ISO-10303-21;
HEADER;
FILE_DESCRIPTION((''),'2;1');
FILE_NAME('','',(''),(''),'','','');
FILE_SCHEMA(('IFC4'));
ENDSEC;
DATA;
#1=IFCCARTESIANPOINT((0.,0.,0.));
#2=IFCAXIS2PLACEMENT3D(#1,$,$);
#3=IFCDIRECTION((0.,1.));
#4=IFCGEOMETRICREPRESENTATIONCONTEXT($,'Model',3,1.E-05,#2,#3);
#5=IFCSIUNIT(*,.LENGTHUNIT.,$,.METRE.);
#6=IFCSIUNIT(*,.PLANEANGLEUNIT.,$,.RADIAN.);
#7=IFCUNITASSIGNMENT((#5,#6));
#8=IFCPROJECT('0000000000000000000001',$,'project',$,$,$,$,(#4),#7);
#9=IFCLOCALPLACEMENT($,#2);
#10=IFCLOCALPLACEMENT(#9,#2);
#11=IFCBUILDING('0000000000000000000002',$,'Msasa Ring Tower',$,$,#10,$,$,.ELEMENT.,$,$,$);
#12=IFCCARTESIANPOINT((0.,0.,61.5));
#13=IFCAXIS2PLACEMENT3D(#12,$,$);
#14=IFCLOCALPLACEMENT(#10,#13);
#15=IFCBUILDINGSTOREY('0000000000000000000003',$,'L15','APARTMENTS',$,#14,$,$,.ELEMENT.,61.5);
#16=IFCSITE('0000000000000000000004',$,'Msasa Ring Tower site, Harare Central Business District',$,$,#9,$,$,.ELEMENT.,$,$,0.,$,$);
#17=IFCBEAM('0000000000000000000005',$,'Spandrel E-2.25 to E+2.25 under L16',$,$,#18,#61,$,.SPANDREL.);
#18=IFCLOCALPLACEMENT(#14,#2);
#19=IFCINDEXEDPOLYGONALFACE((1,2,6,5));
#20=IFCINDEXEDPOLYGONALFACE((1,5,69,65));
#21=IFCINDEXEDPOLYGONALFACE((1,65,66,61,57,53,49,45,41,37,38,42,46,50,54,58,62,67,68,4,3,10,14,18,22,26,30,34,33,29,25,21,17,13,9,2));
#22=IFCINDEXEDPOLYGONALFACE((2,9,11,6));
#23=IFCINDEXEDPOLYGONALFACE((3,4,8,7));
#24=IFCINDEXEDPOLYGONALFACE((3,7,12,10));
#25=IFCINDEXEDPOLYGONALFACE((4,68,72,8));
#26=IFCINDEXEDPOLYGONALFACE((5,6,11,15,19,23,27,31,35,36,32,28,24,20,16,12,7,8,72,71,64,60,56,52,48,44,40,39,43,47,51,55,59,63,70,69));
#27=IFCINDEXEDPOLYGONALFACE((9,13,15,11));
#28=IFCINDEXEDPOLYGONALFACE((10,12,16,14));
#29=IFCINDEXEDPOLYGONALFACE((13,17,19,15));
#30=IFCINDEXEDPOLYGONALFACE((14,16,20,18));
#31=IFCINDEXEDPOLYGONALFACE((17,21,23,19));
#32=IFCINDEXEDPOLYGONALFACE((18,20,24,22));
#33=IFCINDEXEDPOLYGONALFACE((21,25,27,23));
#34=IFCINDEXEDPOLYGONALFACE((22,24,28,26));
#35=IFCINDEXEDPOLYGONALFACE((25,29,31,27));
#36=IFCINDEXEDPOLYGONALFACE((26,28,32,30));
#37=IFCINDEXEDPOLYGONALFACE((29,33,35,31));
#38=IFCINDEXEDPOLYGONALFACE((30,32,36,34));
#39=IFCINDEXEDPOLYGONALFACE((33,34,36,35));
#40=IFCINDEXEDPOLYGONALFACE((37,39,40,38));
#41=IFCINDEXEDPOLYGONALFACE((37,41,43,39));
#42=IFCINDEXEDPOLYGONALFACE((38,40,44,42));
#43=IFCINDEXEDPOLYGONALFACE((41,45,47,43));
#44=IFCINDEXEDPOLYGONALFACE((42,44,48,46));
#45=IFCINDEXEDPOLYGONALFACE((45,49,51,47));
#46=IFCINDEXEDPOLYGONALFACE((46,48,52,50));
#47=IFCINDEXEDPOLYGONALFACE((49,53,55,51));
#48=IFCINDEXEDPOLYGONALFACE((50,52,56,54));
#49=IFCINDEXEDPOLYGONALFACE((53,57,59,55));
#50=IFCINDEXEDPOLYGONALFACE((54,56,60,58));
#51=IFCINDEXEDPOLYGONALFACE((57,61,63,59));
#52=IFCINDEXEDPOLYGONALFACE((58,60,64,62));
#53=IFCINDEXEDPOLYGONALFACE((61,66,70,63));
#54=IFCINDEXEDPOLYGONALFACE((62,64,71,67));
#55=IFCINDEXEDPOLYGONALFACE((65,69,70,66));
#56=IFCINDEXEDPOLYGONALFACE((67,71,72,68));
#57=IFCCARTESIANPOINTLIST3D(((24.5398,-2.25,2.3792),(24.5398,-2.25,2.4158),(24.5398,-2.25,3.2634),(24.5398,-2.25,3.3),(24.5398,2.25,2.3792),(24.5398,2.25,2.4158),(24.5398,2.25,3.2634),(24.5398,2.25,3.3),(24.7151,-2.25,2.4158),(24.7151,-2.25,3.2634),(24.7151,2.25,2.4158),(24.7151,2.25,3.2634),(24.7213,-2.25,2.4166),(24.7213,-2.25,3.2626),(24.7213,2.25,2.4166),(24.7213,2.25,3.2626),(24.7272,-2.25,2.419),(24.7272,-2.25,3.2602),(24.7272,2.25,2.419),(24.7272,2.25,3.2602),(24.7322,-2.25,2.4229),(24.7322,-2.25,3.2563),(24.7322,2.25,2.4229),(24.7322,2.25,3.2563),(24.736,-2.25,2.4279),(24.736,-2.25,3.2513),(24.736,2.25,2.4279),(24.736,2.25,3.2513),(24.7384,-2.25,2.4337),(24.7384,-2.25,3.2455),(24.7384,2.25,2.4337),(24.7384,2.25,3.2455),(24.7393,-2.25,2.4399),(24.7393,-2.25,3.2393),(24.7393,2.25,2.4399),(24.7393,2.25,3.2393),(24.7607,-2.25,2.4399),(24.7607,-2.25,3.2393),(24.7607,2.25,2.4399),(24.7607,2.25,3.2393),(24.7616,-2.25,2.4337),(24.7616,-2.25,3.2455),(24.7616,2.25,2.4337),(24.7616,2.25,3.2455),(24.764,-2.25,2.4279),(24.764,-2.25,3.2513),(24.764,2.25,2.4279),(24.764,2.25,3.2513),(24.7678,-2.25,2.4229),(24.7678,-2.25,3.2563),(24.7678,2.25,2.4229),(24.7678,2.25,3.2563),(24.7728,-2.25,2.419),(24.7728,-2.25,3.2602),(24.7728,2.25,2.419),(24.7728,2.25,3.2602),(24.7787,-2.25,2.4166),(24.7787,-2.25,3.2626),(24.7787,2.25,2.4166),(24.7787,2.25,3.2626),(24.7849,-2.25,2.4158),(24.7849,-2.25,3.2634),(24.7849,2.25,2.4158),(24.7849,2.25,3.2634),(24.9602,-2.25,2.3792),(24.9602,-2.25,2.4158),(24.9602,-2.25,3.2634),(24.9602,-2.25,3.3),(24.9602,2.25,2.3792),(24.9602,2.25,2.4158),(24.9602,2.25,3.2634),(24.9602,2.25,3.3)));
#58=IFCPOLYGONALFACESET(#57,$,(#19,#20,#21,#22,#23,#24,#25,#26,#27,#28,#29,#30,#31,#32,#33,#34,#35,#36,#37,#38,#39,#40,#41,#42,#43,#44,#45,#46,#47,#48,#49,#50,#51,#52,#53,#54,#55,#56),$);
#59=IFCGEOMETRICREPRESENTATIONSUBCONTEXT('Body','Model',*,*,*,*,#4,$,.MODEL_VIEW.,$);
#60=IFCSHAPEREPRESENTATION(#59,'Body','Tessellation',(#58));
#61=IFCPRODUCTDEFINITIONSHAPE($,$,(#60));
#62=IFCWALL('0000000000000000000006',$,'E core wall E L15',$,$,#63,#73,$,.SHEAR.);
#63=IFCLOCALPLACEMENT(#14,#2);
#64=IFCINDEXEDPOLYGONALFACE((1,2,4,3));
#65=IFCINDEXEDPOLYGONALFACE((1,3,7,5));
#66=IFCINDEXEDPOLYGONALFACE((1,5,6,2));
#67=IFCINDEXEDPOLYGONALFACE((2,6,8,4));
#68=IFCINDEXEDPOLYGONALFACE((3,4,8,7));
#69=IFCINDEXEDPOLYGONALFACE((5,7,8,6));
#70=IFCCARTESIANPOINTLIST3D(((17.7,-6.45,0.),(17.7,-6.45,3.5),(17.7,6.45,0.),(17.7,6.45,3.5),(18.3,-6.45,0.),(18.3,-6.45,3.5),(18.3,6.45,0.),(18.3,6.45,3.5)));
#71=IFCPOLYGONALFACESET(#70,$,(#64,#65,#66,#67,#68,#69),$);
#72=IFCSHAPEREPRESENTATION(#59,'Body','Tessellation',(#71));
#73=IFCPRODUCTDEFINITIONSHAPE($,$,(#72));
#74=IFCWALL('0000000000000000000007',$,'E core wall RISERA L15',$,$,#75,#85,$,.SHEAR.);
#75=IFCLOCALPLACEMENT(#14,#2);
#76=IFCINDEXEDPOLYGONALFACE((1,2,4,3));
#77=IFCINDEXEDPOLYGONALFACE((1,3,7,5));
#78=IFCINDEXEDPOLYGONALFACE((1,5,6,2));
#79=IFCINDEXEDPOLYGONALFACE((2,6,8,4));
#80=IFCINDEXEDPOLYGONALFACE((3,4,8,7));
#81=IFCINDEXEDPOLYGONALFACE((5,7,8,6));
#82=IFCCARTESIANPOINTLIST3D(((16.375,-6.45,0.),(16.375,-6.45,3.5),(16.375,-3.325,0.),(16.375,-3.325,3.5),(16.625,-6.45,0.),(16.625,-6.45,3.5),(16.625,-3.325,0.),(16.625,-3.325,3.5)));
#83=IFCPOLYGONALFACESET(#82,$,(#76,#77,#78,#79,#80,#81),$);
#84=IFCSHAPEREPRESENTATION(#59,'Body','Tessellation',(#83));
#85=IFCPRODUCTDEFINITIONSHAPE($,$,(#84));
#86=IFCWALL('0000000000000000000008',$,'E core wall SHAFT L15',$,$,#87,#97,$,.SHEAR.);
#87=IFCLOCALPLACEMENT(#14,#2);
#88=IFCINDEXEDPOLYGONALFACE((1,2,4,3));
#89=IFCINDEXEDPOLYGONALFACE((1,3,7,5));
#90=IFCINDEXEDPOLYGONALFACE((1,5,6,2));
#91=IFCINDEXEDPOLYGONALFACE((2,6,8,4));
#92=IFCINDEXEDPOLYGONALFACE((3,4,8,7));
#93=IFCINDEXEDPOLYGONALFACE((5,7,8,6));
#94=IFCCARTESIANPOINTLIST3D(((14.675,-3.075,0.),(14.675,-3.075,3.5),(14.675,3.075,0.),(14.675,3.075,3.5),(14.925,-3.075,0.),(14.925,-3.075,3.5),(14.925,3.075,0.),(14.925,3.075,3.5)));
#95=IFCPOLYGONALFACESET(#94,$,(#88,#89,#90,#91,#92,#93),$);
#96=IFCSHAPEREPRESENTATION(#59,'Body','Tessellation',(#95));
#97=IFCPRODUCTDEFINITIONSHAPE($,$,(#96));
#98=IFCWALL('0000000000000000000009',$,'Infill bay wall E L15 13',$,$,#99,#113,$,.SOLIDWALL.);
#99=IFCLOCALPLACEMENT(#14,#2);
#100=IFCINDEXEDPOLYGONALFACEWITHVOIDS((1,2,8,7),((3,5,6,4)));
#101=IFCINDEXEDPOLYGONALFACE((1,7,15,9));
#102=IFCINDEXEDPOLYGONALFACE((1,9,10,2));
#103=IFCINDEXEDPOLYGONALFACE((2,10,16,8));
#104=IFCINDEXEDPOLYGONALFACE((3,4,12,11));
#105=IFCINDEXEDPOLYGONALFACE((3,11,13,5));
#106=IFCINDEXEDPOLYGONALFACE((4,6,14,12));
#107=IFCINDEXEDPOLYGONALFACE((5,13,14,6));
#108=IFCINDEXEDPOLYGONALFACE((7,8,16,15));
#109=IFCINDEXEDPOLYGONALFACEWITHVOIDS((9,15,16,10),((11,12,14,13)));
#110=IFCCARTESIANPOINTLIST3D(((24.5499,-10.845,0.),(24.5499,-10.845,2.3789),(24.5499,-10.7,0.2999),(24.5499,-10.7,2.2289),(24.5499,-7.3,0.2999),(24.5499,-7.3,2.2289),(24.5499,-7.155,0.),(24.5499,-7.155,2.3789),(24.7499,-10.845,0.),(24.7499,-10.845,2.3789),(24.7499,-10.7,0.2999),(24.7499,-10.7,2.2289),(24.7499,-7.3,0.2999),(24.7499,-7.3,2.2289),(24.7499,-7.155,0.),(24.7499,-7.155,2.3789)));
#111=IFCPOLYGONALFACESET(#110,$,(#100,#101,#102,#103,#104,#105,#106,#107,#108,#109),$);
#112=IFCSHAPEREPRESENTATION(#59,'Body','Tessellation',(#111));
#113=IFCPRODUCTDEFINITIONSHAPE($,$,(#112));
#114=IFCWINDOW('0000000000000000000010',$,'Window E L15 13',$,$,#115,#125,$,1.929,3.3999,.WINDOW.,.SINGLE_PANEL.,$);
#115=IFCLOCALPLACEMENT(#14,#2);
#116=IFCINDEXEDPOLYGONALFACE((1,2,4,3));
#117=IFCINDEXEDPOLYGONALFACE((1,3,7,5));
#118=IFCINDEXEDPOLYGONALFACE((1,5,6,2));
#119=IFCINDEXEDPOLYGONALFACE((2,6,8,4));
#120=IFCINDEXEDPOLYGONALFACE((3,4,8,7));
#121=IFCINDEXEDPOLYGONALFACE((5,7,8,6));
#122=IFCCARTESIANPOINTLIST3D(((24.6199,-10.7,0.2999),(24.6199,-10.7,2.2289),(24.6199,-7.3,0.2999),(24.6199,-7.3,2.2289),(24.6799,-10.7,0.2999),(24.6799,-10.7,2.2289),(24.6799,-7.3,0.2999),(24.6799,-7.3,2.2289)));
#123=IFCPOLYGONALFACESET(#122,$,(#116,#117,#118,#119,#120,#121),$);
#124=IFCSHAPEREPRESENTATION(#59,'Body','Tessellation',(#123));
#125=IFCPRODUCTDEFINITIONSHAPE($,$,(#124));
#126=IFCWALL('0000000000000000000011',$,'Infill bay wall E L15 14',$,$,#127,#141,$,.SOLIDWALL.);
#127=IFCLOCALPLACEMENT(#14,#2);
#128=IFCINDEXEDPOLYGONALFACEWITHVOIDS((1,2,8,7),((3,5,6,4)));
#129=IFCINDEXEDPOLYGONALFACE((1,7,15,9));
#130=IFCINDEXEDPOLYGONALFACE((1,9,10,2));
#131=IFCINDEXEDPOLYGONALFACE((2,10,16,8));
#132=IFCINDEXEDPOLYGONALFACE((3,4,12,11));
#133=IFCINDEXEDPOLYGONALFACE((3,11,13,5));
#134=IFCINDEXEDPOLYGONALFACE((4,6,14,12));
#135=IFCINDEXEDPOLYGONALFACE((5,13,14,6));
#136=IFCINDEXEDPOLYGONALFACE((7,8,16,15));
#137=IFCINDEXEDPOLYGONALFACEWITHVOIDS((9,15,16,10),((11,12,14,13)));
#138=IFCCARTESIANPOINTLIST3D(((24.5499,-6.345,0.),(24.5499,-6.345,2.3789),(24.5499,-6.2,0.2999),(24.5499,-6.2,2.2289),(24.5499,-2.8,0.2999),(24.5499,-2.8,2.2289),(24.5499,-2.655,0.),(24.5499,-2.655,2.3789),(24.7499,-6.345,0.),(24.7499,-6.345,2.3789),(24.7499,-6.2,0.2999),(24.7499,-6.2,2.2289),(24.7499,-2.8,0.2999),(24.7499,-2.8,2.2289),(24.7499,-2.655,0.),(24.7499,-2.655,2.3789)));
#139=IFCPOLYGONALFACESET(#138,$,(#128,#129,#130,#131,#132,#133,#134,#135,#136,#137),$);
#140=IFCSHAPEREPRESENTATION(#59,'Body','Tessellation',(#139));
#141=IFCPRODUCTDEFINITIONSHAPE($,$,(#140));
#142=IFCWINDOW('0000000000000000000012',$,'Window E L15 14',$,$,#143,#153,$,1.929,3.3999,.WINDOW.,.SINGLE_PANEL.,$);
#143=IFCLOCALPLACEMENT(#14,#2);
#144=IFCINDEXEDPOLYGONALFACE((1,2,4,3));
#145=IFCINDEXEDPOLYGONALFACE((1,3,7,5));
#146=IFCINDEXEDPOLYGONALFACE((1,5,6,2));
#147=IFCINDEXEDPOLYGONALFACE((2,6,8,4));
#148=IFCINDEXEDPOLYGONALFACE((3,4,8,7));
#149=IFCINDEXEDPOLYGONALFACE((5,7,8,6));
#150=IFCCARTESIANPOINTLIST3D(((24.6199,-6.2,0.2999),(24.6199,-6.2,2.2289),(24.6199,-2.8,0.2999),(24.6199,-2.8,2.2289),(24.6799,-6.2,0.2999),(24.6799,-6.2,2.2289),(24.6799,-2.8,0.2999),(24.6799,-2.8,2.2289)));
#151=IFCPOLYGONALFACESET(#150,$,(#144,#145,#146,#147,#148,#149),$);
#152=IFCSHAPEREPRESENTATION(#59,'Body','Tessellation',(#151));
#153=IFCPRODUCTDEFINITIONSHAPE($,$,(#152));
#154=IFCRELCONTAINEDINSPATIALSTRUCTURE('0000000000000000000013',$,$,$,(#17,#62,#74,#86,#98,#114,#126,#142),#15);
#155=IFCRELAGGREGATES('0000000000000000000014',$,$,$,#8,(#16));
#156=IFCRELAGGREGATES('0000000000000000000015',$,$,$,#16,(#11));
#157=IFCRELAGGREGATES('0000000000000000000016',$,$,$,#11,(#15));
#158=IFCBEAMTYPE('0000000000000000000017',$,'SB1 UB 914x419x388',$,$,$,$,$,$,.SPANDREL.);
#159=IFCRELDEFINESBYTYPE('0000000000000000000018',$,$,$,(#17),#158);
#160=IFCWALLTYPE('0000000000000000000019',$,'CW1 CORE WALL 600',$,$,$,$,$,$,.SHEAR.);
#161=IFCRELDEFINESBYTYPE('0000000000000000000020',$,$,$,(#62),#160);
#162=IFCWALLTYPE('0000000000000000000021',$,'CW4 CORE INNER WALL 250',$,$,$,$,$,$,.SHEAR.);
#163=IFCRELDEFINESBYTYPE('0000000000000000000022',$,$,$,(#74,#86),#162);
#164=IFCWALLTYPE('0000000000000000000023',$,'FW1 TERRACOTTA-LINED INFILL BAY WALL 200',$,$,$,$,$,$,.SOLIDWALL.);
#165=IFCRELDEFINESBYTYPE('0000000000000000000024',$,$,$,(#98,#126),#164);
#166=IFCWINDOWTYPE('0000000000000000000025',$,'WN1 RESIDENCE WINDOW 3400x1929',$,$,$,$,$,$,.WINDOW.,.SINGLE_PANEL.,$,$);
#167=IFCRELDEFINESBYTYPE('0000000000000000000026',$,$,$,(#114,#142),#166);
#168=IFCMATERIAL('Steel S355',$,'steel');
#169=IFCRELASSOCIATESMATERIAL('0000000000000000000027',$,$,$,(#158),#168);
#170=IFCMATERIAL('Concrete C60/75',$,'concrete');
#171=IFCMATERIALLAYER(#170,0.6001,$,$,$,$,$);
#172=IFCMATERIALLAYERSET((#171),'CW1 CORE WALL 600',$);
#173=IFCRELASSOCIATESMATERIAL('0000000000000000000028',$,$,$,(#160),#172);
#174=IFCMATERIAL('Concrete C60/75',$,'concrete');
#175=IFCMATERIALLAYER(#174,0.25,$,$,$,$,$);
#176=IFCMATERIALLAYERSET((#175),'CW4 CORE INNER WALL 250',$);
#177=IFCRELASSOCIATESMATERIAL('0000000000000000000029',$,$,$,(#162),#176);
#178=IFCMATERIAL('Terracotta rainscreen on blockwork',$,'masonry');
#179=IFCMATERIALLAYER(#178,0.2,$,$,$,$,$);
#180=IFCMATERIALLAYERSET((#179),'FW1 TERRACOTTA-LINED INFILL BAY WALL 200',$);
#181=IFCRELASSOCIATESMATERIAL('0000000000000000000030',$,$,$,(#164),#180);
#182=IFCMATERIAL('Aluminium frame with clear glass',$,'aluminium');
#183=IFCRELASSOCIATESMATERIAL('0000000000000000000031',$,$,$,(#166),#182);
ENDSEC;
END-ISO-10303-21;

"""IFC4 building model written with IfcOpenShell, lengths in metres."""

from ifc_helpers import new_model, si_unit, direction, frame, frame_2d, origin, origin_2d, place, context, subcontext, project, spatial, rectangle, i_section, extrude, material, layer, layer_set, material_profile, profile_set, type_object, element, fill, save


model = new_model("IFC4")

# Units and contexts
model_context = context("Model", 3, precision=1e-05, world=origin(), true_north=direction((0.0, 1.0)))
body_context = subcontext(model_context, "Body", "Model", "MODEL_VIEW")
ifc_project = project(units=[si_unit("LENGTHUNIT", "METRE"), si_unit("PLANEANGLEUNIT", "RADIAN")], contexts=[model_context])

# Site, building, storey
site_placement = place(None, origin())
site = spatial("IfcSite", under=ifc_project, at=site_placement, Name="Msasa Ring Tower site, Harare Central Business District", CompositionType="ELEMENT", RefElevation=0.0)
building_placement = place(site_placement, origin())
building = spatial("IfcBuilding", under=site, at=building_placement, Name="Msasa Ring Tower", CompositionType="ELEMENT")
storey_placement = place(building_placement, frame((0.0, 0.0, 61.5)))
storey = spatial("IfcBuildingStorey", under=building, at=storey_placement, Name="L15", Description="APARTMENTS", CompositionType="ELEMENT", Elevation=61.5)

# Beam
ifc_material_1 = material(Name="Steel S355", Category="steel")
ifc_material_profile_1 = material_profile(ifc_material_1, i_section(OverallWidth=0.4204, OverallDepth=0.9209, WebThickness=0.0215, FlangeThickness=0.0366, FilletRadius=0.0242, at=origin_2d()), Name="UB 914x419x388")
ifc_profile_set_1 = profile_set([ifc_material_profile_1], Name="Steel S355")
beam_type_1 = type_object("IfcBeamType", Name="SB1 UB 914x419x388", PredefinedType="SPANDREL", material=ifc_profile_set_1)
for number, where, z_axis, x_axis, name in (
    (1, (24.75, -2.25, 2.8396), (0.0, 1.0, 0.0), (-1.0, 0.0, 0.0), "Spandrel E-2.25 to E+2.25 under L16"),
):
    element("IfcBeam", number, at=place(storey_placement, frame(where, z_axis=z_axis, x_axis=x_axis)), inside=storey, type_object=beam_type_1, Name=name, PredefinedType="SPANDREL", context=body_context, shape_type="SweptSolid", body=[
        extrude(i_section(OverallWidth=0.4204, OverallDepth=0.9209, WebThickness=0.0215, FlangeThickness=0.0366, FilletRadius=0.0242, at=origin_2d()), origin(), (0.0, 0.0, 1.0), 4.5),
    ])

# Walls
ifc_material_2 = material(Name="Concrete C60/75", Category="concrete")
ifc_layer_1 = layer(ifc_material_2, 0.6001)
ifc_layer_set_1 = layer_set([ifc_layer_1], Name="CW1 CORE WALL 600")
wall_type_1 = type_object("IfcWallType", Name="CW1 CORE WALL 600", PredefinedType="SHEAR", material=ifc_layer_set_1)
wall_1_placement = place(storey_placement, frame((18.0, -6.45, 0.0), z_axis=(0.0, 0.0, 1.0), x_axis=(0.0, 1.0, 0.0)))
element("IfcWall", 2, at=wall_1_placement, inside=storey, type_object=wall_type_1, Name="E core wall E L15", PredefinedType="SHEAR", context=body_context, shape_type="SweptSolid", body=[
    extrude(rectangle(XDim=12.8999, YDim=0.6001, at=frame_2d((6.45, 0.0))), origin(), (0.0, 0.0, 1.0), 3.5),
])
ifc_material_3 = material(Name="Concrete C60/75", Category="concrete")
ifc_layer_2 = layer(ifc_material_3, 0.25)
ifc_layer_set_2 = layer_set([ifc_layer_2], Name="CW4 CORE INNER WALL 250")
wall_type_2 = type_object("IfcWallType", Name="CW4 CORE INNER WALL 250", PredefinedType="SHEAR", material=ifc_layer_set_2)
wall_2_placement = place(storey_placement, frame((16.5, -6.45, 0.0), z_axis=(0.0, 0.0, 1.0), x_axis=(0.0, 1.0, 0.0)))
element("IfcWall", 3, at=wall_2_placement, inside=storey, type_object=wall_type_2, Name="E core wall RISERA L15", PredefinedType="SHEAR", context=body_context, shape_type="SweptSolid", body=[
    extrude(rectangle(XDim=3.125, YDim=0.25, at=frame_2d((1.5625, 0.0))), origin(), (0.0, 0.0, 1.0), 3.5),
])
wall_3_placement = place(storey_placement, frame((14.8, -3.075, 0.0), z_axis=(0.0, 0.0, 1.0), x_axis=(0.0, 1.0, 0.0)))
element("IfcWall", 4, at=wall_3_placement, inside=storey, type_object=wall_type_2, Name="E core wall SHAFT L15", PredefinedType="SHEAR", context=body_context, shape_type="SweptSolid", body=[
    extrude(rectangle(XDim=6.1499, YDim=0.25, at=frame_2d((3.075, 0.0))), origin(), (0.0, 0.0, 1.0), 3.5),
])

# Walls, openings, windows
ifc_material_4 = material(Name="Terracotta rainscreen on blockwork", Category="masonry")
ifc_layer_3 = layer(ifc_material_4, 0.2)
ifc_layer_set_3 = layer_set([ifc_layer_3], Name="FW1 TERRACOTTA-LINED INFILL BAY WALL 200")
wall_type_3 = type_object("IfcWallType", Name="FW1 TERRACOTTA-LINED INFILL BAY WALL 200", PredefinedType="SOLIDWALL", material=ifc_layer_set_3)
wall_4_placement = place(storey_placement, frame((24.6499, -10.845, 0.0), z_axis=(0.0, 0.0, 1.0), x_axis=(0.0, 1.0, 0.0)))
wall_4 = element("IfcWall", 5, at=wall_4_placement, inside=storey, type_object=wall_type_3, Name="Infill bay wall E L15 13", PredefinedType="SOLIDWALL", context=body_context, shape_type="SweptSolid", body=[
    extrude(rectangle(XDim=3.6899, YDim=0.2, at=frame_2d((1.845, 0.0))), origin(), (0.0, 0.0, 1.0), 2.3789),
])
opening_1_placement = place(wall_4_placement, frame((0.145, 0.0, 0.3)))
opening_1 = element("IfcOpeningElement", 6, at=opening_1_placement, cuts=wall_4, PredefinedType="OPENING", context=body_context, shape_type="SweptSolid", body=[
    extrude(rectangle(XDim=3.3999, YDim=1.929, at=frame_2d((1.7, 0.9644))), frame((0.0, 0.1099, 0.0), z_axis=(0.0, -1.0, 0.0), x_axis=(1.0, 0.0, 0.0)), (0.0, 0.0, 1.0), 0.22),
])
ifc_material_5 = material(Name="Aluminium frame with clear glass", Category="aluminium")
window_type = type_object("IfcWindowType", Name="WN1 RESIDENCE WINDOW 3400x1929", PartitioningType="SINGLE_PANEL", PredefinedType="WINDOW", material=ifc_material_5)
window_1_placement = place(opening_1_placement, origin())
window_1 = element("IfcWindow", 7, at=window_1_placement, inside=storey, type_object=window_type, Name="Window E L15 13", OverallHeight=1.929, OverallWidth=3.3999, PartitioningType="SINGLE_PANEL", PredefinedType="WINDOW", context=body_context, shape_type="SweptSolid", body=[
    extrude(rectangle(XDim=3.3999, YDim=1.929, at=frame_2d((1.7, 0.9644))), frame((0.0, 0.03, 0.0), z_axis=(0.0, -1.0, 0.0), x_axis=(1.0, 0.0, 0.0)), (0.0, 0.0, 1.0), 0.0601),
])
fill(opening_1, window_1)
wall_5_placement = place(storey_placement, frame((24.6499, -6.345, 0.0), z_axis=(0.0, 0.0, 1.0), x_axis=(0.0, 1.0, 0.0)))
wall_5 = element("IfcWall", 8, at=wall_5_placement, inside=storey, type_object=wall_type_3, Name="Infill bay wall E L15 14", PredefinedType="SOLIDWALL", context=body_context, shape_type="SweptSolid", body=[
    extrude(rectangle(XDim=3.6899, YDim=0.2, at=frame_2d((1.845, 0.0))), origin(), (0.0, 0.0, 1.0), 2.3789),
])
opening_2_placement = place(wall_5_placement, frame((0.145, 0.0, 0.3)))
opening_2 = element("IfcOpeningElement", 9, at=opening_2_placement, cuts=wall_5, PredefinedType="OPENING", context=body_context, shape_type="SweptSolid", body=[
    extrude(rectangle(XDim=3.3999, YDim=1.929, at=frame_2d((1.7, 0.9644))), frame((0.0, 0.1099, 0.0), z_axis=(0.0, -1.0, 0.0), x_axis=(1.0, 0.0, 0.0)), (0.0, 0.0, 1.0), 0.22),
])
window_2_placement = place(opening_2_placement, origin())
window_2 = element("IfcWindow", 10, at=window_2_placement, inside=storey, type_object=window_type, Name="Window E L15 14", OverallHeight=1.929, OverallWidth=3.3999, PartitioningType="SINGLE_PANEL", PredefinedType="WINDOW", context=body_context, shape_type="SweptSolid", body=[
    extrude(rectangle(XDim=3.3999, YDim=1.929, at=frame_2d((1.7, 0.9644))), frame((0.0, 0.03, 0.0), z_axis=(0.0, -1.0, 0.0), x_axis=(1.0, 0.0, 0.0)), (0.0, 0.0, 1.0), 0.0601),
])
fill(opening_2, window_2)

save(model, "model.ifc")
